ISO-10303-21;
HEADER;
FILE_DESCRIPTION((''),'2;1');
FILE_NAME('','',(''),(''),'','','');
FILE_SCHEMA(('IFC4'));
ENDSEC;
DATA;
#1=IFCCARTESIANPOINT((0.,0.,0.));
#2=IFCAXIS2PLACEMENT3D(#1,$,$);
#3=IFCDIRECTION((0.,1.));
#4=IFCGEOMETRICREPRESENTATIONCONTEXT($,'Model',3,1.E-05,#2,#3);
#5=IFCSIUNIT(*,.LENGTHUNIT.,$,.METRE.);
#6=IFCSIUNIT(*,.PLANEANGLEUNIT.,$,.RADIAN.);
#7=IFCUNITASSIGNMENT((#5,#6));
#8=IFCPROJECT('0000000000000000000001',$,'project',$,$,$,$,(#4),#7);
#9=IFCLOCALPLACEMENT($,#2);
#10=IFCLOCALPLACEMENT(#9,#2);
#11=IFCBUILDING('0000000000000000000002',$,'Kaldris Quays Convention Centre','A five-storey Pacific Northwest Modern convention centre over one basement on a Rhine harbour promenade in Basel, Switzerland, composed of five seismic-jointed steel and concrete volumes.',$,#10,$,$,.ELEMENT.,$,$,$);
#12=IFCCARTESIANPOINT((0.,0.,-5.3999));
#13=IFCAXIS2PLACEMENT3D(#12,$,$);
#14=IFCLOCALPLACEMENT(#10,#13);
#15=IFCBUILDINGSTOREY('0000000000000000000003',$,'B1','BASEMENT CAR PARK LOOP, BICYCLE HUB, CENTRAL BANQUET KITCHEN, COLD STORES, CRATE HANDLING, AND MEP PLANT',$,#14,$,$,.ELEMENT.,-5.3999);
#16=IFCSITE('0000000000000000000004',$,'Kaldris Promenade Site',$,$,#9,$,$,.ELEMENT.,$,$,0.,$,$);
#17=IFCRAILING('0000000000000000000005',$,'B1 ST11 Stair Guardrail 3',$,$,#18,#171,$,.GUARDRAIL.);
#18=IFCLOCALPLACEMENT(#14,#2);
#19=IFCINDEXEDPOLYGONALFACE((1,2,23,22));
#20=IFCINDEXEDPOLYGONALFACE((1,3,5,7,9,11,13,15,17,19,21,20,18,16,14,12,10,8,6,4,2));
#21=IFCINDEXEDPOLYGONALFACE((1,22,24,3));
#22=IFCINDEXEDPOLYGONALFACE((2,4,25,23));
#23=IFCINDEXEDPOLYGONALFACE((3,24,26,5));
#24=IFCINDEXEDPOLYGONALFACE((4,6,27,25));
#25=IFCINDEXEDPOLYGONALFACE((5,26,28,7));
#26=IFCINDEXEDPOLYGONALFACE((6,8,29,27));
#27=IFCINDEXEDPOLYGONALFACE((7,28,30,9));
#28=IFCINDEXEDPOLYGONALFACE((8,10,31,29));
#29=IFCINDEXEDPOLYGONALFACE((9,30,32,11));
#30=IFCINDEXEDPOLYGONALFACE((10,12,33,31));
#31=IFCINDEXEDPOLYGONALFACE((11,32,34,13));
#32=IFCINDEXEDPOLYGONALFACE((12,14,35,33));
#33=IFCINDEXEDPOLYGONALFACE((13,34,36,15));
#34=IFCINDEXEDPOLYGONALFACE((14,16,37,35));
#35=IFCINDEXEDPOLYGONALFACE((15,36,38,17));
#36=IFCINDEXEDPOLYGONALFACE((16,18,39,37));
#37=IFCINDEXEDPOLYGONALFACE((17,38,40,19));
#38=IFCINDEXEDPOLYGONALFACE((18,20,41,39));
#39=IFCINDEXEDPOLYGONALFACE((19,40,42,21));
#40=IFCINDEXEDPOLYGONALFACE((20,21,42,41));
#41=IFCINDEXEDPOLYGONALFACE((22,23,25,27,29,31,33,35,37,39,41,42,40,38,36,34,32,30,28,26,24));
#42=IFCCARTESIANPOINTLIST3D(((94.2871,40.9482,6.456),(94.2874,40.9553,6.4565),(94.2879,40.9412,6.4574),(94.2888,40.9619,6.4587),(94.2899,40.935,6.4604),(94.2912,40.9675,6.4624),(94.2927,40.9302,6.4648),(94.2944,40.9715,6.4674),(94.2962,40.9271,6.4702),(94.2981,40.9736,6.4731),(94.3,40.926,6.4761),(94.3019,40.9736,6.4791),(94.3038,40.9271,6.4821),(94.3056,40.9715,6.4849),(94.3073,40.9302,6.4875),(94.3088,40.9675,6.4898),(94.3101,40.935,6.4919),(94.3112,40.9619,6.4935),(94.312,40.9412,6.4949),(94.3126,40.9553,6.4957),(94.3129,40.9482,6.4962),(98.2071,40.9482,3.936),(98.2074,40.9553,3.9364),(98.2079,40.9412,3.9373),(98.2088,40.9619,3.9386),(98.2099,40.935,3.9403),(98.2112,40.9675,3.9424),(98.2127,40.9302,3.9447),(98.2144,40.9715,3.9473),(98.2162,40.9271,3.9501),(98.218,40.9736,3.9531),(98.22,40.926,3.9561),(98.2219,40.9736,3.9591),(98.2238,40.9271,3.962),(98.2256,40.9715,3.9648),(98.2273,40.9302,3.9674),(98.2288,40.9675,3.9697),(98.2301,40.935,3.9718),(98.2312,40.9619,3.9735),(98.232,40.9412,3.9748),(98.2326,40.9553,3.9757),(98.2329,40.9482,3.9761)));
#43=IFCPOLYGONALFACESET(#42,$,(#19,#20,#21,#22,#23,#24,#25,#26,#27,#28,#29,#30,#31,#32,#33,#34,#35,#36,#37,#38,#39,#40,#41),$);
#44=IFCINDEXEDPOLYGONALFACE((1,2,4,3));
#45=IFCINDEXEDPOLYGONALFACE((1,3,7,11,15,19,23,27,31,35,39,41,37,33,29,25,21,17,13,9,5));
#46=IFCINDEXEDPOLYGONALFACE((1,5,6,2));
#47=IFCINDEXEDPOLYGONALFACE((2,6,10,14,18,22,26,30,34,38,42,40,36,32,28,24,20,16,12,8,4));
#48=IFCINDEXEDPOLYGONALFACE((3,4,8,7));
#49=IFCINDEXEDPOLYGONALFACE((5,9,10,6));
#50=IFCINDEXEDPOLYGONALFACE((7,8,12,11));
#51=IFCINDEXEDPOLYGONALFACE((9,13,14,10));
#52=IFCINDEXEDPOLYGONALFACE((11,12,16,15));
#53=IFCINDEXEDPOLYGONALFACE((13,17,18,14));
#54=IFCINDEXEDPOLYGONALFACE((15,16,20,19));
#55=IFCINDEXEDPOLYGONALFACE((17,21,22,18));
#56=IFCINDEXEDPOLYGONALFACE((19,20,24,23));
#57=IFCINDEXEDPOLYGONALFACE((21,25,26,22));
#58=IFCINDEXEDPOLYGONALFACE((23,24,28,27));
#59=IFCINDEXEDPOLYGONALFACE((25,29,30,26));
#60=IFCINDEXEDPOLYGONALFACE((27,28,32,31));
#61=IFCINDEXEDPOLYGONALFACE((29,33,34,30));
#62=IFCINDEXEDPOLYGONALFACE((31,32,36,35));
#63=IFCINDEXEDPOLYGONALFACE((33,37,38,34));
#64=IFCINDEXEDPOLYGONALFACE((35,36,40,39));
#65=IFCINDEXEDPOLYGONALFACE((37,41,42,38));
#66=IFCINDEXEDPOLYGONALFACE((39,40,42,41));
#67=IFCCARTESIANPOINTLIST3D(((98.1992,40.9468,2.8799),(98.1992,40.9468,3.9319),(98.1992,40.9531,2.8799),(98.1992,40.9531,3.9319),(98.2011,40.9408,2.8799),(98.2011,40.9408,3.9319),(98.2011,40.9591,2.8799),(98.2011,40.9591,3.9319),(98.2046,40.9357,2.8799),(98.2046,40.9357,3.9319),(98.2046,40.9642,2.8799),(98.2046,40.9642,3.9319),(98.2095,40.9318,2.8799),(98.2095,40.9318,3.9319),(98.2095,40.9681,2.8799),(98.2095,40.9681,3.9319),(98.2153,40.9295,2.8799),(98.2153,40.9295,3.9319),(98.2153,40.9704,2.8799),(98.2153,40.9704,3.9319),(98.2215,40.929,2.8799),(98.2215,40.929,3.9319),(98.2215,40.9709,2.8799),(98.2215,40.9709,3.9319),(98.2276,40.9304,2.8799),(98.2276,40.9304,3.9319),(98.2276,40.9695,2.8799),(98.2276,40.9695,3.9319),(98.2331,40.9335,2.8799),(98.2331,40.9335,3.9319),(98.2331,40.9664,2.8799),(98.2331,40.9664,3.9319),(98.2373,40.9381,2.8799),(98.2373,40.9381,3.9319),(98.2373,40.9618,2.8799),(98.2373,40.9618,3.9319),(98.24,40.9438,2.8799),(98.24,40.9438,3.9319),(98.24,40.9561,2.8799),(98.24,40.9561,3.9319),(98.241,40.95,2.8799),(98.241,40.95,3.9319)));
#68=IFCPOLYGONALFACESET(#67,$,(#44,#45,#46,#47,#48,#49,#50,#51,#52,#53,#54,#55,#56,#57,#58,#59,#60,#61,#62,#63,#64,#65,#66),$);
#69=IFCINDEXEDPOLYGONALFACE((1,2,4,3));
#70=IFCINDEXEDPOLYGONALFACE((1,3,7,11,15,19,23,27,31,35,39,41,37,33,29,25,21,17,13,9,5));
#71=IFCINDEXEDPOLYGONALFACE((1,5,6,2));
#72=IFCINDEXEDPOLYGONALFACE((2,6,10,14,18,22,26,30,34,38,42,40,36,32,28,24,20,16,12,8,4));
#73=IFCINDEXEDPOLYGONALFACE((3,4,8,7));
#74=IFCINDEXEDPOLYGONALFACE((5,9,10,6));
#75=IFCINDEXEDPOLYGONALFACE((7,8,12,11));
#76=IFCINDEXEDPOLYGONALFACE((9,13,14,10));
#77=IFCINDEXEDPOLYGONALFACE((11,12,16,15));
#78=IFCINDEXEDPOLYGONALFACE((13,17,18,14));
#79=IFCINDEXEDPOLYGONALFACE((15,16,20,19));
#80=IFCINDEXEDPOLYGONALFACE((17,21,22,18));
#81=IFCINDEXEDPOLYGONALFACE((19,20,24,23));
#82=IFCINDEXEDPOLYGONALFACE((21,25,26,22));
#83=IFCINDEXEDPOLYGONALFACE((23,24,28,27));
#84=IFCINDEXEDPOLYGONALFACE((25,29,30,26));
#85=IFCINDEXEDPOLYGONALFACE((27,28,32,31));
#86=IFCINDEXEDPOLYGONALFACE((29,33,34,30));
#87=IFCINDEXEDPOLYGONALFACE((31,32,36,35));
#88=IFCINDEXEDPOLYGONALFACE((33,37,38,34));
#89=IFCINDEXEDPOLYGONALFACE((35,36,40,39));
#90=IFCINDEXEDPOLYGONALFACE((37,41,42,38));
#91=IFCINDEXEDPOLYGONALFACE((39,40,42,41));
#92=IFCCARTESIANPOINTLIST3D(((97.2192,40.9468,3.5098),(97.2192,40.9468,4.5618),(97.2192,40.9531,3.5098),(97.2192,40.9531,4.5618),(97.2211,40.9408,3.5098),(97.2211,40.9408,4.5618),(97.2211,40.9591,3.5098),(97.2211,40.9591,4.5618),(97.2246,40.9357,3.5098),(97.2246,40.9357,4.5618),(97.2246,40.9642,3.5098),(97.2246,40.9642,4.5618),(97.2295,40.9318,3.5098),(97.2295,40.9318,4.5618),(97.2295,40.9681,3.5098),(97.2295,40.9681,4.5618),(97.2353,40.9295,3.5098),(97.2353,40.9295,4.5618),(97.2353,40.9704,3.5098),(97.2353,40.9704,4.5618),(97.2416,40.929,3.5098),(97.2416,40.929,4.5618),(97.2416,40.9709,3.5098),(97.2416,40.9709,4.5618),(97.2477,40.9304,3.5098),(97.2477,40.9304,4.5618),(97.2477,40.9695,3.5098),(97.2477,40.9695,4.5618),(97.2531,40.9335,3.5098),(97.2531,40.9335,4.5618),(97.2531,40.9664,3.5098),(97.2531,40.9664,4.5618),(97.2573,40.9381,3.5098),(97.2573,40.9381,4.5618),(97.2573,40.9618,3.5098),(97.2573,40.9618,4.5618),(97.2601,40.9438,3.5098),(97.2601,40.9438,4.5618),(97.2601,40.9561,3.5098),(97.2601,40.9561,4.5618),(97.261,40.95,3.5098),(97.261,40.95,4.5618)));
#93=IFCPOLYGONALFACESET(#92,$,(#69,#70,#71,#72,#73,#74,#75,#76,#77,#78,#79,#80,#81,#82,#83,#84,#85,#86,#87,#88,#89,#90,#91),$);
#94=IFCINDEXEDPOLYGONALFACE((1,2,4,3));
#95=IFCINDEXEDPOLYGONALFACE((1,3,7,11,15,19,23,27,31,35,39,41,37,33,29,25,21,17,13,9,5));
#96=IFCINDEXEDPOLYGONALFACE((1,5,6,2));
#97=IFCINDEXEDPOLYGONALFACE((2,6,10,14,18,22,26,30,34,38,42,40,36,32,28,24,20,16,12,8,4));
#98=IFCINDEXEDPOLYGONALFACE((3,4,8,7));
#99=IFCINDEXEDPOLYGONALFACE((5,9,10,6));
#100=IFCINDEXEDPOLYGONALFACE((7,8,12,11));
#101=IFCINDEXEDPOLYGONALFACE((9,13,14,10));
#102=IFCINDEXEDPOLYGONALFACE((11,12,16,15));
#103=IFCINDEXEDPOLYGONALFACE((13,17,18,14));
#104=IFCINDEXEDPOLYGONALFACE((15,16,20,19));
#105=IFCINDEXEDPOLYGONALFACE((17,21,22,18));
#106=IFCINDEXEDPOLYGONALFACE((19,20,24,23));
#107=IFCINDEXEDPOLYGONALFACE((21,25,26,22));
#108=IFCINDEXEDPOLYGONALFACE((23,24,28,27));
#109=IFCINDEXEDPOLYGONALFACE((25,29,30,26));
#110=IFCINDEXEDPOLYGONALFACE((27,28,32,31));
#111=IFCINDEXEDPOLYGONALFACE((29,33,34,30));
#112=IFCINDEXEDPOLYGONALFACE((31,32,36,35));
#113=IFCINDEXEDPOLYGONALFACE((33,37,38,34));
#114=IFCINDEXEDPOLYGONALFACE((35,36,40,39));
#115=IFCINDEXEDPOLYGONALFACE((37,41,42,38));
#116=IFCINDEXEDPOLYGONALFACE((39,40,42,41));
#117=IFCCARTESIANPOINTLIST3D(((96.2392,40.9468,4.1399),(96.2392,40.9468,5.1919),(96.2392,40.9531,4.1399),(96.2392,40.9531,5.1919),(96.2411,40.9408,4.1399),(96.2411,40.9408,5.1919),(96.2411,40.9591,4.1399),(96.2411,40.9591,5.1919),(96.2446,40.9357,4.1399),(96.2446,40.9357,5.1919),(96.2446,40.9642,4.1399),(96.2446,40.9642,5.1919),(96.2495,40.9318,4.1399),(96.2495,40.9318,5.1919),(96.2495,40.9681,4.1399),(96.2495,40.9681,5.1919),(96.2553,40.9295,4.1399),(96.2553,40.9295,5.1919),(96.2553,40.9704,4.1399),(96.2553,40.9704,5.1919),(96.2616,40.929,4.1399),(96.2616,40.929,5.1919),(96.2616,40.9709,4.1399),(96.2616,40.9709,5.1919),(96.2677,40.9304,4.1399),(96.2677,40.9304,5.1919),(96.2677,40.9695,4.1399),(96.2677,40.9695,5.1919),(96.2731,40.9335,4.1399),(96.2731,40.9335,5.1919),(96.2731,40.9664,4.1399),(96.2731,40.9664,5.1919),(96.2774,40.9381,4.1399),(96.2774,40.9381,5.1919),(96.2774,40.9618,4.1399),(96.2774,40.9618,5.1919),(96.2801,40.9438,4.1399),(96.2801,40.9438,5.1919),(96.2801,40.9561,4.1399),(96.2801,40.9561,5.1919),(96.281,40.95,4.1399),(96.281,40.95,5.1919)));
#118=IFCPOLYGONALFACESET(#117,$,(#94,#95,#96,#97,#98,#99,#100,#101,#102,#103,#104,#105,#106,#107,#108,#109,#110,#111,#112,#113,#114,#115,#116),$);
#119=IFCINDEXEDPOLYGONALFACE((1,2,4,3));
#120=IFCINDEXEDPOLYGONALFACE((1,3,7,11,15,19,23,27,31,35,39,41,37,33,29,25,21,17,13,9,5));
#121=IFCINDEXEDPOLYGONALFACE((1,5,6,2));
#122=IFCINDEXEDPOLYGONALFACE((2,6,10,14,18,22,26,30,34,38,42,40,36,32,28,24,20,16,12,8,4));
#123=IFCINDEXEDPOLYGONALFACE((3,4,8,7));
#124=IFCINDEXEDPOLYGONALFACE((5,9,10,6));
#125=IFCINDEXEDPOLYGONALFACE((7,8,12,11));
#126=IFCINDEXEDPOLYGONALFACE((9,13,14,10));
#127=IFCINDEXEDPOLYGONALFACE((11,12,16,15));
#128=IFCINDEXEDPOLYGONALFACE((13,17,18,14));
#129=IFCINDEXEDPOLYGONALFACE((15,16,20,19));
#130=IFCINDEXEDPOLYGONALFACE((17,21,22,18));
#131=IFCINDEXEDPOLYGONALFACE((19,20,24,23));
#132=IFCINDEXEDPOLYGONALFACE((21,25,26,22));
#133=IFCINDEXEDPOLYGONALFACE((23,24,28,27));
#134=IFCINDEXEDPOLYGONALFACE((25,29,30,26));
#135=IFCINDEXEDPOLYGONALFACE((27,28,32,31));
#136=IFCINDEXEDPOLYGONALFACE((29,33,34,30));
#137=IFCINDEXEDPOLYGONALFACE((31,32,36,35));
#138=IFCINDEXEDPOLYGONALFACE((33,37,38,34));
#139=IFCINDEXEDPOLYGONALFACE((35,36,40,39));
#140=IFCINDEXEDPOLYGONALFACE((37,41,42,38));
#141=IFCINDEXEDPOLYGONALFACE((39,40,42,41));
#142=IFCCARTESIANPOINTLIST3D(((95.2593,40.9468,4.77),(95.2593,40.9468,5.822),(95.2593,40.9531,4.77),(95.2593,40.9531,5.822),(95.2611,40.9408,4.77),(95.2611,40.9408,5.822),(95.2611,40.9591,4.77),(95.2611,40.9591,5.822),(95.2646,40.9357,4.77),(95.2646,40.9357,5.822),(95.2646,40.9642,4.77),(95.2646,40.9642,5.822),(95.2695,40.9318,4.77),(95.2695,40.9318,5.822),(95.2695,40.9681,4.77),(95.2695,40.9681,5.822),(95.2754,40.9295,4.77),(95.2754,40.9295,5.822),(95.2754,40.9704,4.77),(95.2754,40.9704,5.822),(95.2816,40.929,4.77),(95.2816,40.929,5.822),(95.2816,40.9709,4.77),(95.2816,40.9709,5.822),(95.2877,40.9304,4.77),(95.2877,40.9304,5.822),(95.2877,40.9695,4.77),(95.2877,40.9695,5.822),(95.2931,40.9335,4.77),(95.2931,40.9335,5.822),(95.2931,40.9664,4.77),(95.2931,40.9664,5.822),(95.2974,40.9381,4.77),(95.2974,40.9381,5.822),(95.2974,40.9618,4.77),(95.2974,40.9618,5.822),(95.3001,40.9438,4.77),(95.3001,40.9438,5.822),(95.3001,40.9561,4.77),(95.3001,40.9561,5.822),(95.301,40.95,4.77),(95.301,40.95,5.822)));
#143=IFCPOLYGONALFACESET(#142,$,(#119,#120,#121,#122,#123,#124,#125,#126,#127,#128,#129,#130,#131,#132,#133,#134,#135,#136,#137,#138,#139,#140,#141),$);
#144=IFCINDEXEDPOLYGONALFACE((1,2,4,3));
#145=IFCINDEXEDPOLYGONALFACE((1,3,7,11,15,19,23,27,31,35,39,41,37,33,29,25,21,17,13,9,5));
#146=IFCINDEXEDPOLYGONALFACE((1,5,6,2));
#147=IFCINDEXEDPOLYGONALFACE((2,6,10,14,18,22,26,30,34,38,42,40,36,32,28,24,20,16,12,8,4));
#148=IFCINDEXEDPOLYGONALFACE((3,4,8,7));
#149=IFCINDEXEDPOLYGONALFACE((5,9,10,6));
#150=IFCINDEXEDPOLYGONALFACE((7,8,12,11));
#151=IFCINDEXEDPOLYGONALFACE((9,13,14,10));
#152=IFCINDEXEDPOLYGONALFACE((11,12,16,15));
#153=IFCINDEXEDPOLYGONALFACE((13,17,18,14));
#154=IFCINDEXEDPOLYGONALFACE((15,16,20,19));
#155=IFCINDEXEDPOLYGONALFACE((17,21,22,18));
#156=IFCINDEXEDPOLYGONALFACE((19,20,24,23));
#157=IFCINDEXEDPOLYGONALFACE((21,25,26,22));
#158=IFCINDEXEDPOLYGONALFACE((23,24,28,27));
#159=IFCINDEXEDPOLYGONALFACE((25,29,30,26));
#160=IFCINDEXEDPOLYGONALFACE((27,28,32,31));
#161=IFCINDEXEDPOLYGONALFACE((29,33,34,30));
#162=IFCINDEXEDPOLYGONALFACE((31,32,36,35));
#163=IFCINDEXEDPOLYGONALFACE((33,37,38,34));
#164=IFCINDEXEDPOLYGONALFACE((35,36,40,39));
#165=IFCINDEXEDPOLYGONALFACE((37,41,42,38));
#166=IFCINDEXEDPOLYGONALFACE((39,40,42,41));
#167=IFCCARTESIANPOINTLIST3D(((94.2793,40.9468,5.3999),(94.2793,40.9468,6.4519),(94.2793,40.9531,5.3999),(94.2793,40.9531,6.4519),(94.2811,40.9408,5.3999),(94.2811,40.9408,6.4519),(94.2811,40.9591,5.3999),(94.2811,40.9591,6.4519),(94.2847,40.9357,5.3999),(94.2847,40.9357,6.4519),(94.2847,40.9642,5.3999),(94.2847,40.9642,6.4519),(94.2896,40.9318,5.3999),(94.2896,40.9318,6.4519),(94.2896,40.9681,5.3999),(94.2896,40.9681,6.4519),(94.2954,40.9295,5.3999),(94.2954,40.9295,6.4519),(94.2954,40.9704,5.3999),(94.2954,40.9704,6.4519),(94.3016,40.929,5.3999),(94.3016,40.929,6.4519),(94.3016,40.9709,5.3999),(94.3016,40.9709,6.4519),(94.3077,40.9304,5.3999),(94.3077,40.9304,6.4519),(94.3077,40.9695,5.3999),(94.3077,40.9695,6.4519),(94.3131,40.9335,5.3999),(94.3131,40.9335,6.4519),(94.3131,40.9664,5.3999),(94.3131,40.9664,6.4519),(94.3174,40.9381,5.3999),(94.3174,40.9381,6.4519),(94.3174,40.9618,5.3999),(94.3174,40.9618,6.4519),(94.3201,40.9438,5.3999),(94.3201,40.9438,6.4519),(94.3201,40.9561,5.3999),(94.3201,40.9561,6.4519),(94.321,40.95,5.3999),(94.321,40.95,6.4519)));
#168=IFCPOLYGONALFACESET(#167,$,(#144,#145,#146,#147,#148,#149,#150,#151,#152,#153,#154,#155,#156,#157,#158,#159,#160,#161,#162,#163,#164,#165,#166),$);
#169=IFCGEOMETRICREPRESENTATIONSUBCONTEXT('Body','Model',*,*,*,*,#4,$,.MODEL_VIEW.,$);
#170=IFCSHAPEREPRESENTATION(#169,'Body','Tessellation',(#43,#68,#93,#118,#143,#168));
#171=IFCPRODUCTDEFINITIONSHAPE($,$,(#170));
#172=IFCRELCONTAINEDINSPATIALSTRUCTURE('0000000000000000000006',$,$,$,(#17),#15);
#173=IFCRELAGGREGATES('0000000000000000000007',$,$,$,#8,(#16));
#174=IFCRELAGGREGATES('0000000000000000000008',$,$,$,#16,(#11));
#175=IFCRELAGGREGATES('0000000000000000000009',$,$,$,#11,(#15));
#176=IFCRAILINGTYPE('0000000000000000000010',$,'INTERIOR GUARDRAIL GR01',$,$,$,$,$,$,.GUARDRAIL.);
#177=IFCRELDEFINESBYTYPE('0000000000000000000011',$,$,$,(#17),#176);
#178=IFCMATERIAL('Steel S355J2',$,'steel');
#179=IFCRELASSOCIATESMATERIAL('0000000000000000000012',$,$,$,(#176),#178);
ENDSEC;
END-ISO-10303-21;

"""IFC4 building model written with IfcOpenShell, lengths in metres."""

from ifc_helpers import new_model, si_unit, direction, frame, origin, origin_2d, place, context, subcontext, project, spatial, circle, extrude, material, type_object, element, save


model = new_model("IFC4")

# Units and contexts
model_context = context("Model", 3, precision=1e-05, world=origin(), true_north=direction((0.0, 1.0)))
body_context = subcontext(model_context, "Body", "Model", "MODEL_VIEW")
ifc_project = project(units=[si_unit("LENGTHUNIT", "METRE"), si_unit("PLANEANGLEUNIT", "RADIAN")], contexts=[model_context])

# Site, building, storey
site_placement = place(None, origin())
site = spatial("IfcSite", under=ifc_project, at=site_placement, Name="Kaldris Promenade Site", CompositionType="ELEMENT", RefElevation=0.0)
building_placement = place(site_placement, origin())
building = spatial("IfcBuilding", under=site, at=building_placement, Name="Kaldris Quays Convention Centre", Description="A five-storey Pacific Northwest Modern convention centre over one basement on a Rhine harbour promenade in Basel, Switzerland, composed of five seismic-jointed steel and concrete volumes.", CompositionType="ELEMENT")
storey_placement = place(building_placement, frame((0.0, 0.0, -5.3999)))
storey = spatial("IfcBuildingStorey", under=building, at=storey_placement, Name="B1", Description="BASEMENT CAR PARK LOOP, BICYCLE HUB, CENTRAL BANQUET KITCHEN, COLD STORES, CRATE HANDLING, AND MEP PLANT", CompositionType="ELEMENT", Elevation=-5.3999)

# Shared definitions
ifc_material_1 = material(Name="Steel S355J2", Category="steel")

# Railing
railing_type_1 = type_object("IfcRailingType", Name="INTERIOR GUARDRAIL GR01", PredefinedType="GUARDRAIL", material=ifc_material_1)
railing_1_placement = place(storey_placement, frame((98.22, 40.95, 2.8799)))
element("IfcRailing", 1, at=railing_1_placement, inside=storey, type_object=railing_type_1, Name="B1 ST11 Stair Guardrail 3", PredefinedType="GUARDRAIL", context=body_context, shape_type="SweptSolid", body=[
    extrude(circle(Radius=0.0239, at=origin_2d()), frame((0.0, 0.0, 1.0762), z_axis=(-0.841172, 0.0, 0.540768), x_axis=(0.0, -1.0, 0.0)), (0.0, 0.0, 1.0), 4.6602),
    extrude(circle(Radius=0.021, at=origin_2d()), origin(), (0.0, 0.0, 1.0), 1.052),
    extrude(circle(Radius=0.021, at=origin_2d()), frame((-0.98, 0.0, 0.6299)), (0.0, 0.0, 1.0), 1.052),
    extrude(circle(Radius=0.021, at=origin_2d()), frame((-1.96, 0.0, 1.26)), (0.0, 0.0, 1.0), 1.052),
    extrude(circle(Radius=0.021, at=origin_2d()), frame((-2.9399, 0.0, 1.8901)), (0.0, 0.0, 1.0), 1.052),
    extrude(circle(Radius=0.021, at=origin_2d()), frame((-3.9199, 0.0, 2.52)), (0.0, 0.0, 1.0), 1.052),
])

save(model, "model.ifc")
